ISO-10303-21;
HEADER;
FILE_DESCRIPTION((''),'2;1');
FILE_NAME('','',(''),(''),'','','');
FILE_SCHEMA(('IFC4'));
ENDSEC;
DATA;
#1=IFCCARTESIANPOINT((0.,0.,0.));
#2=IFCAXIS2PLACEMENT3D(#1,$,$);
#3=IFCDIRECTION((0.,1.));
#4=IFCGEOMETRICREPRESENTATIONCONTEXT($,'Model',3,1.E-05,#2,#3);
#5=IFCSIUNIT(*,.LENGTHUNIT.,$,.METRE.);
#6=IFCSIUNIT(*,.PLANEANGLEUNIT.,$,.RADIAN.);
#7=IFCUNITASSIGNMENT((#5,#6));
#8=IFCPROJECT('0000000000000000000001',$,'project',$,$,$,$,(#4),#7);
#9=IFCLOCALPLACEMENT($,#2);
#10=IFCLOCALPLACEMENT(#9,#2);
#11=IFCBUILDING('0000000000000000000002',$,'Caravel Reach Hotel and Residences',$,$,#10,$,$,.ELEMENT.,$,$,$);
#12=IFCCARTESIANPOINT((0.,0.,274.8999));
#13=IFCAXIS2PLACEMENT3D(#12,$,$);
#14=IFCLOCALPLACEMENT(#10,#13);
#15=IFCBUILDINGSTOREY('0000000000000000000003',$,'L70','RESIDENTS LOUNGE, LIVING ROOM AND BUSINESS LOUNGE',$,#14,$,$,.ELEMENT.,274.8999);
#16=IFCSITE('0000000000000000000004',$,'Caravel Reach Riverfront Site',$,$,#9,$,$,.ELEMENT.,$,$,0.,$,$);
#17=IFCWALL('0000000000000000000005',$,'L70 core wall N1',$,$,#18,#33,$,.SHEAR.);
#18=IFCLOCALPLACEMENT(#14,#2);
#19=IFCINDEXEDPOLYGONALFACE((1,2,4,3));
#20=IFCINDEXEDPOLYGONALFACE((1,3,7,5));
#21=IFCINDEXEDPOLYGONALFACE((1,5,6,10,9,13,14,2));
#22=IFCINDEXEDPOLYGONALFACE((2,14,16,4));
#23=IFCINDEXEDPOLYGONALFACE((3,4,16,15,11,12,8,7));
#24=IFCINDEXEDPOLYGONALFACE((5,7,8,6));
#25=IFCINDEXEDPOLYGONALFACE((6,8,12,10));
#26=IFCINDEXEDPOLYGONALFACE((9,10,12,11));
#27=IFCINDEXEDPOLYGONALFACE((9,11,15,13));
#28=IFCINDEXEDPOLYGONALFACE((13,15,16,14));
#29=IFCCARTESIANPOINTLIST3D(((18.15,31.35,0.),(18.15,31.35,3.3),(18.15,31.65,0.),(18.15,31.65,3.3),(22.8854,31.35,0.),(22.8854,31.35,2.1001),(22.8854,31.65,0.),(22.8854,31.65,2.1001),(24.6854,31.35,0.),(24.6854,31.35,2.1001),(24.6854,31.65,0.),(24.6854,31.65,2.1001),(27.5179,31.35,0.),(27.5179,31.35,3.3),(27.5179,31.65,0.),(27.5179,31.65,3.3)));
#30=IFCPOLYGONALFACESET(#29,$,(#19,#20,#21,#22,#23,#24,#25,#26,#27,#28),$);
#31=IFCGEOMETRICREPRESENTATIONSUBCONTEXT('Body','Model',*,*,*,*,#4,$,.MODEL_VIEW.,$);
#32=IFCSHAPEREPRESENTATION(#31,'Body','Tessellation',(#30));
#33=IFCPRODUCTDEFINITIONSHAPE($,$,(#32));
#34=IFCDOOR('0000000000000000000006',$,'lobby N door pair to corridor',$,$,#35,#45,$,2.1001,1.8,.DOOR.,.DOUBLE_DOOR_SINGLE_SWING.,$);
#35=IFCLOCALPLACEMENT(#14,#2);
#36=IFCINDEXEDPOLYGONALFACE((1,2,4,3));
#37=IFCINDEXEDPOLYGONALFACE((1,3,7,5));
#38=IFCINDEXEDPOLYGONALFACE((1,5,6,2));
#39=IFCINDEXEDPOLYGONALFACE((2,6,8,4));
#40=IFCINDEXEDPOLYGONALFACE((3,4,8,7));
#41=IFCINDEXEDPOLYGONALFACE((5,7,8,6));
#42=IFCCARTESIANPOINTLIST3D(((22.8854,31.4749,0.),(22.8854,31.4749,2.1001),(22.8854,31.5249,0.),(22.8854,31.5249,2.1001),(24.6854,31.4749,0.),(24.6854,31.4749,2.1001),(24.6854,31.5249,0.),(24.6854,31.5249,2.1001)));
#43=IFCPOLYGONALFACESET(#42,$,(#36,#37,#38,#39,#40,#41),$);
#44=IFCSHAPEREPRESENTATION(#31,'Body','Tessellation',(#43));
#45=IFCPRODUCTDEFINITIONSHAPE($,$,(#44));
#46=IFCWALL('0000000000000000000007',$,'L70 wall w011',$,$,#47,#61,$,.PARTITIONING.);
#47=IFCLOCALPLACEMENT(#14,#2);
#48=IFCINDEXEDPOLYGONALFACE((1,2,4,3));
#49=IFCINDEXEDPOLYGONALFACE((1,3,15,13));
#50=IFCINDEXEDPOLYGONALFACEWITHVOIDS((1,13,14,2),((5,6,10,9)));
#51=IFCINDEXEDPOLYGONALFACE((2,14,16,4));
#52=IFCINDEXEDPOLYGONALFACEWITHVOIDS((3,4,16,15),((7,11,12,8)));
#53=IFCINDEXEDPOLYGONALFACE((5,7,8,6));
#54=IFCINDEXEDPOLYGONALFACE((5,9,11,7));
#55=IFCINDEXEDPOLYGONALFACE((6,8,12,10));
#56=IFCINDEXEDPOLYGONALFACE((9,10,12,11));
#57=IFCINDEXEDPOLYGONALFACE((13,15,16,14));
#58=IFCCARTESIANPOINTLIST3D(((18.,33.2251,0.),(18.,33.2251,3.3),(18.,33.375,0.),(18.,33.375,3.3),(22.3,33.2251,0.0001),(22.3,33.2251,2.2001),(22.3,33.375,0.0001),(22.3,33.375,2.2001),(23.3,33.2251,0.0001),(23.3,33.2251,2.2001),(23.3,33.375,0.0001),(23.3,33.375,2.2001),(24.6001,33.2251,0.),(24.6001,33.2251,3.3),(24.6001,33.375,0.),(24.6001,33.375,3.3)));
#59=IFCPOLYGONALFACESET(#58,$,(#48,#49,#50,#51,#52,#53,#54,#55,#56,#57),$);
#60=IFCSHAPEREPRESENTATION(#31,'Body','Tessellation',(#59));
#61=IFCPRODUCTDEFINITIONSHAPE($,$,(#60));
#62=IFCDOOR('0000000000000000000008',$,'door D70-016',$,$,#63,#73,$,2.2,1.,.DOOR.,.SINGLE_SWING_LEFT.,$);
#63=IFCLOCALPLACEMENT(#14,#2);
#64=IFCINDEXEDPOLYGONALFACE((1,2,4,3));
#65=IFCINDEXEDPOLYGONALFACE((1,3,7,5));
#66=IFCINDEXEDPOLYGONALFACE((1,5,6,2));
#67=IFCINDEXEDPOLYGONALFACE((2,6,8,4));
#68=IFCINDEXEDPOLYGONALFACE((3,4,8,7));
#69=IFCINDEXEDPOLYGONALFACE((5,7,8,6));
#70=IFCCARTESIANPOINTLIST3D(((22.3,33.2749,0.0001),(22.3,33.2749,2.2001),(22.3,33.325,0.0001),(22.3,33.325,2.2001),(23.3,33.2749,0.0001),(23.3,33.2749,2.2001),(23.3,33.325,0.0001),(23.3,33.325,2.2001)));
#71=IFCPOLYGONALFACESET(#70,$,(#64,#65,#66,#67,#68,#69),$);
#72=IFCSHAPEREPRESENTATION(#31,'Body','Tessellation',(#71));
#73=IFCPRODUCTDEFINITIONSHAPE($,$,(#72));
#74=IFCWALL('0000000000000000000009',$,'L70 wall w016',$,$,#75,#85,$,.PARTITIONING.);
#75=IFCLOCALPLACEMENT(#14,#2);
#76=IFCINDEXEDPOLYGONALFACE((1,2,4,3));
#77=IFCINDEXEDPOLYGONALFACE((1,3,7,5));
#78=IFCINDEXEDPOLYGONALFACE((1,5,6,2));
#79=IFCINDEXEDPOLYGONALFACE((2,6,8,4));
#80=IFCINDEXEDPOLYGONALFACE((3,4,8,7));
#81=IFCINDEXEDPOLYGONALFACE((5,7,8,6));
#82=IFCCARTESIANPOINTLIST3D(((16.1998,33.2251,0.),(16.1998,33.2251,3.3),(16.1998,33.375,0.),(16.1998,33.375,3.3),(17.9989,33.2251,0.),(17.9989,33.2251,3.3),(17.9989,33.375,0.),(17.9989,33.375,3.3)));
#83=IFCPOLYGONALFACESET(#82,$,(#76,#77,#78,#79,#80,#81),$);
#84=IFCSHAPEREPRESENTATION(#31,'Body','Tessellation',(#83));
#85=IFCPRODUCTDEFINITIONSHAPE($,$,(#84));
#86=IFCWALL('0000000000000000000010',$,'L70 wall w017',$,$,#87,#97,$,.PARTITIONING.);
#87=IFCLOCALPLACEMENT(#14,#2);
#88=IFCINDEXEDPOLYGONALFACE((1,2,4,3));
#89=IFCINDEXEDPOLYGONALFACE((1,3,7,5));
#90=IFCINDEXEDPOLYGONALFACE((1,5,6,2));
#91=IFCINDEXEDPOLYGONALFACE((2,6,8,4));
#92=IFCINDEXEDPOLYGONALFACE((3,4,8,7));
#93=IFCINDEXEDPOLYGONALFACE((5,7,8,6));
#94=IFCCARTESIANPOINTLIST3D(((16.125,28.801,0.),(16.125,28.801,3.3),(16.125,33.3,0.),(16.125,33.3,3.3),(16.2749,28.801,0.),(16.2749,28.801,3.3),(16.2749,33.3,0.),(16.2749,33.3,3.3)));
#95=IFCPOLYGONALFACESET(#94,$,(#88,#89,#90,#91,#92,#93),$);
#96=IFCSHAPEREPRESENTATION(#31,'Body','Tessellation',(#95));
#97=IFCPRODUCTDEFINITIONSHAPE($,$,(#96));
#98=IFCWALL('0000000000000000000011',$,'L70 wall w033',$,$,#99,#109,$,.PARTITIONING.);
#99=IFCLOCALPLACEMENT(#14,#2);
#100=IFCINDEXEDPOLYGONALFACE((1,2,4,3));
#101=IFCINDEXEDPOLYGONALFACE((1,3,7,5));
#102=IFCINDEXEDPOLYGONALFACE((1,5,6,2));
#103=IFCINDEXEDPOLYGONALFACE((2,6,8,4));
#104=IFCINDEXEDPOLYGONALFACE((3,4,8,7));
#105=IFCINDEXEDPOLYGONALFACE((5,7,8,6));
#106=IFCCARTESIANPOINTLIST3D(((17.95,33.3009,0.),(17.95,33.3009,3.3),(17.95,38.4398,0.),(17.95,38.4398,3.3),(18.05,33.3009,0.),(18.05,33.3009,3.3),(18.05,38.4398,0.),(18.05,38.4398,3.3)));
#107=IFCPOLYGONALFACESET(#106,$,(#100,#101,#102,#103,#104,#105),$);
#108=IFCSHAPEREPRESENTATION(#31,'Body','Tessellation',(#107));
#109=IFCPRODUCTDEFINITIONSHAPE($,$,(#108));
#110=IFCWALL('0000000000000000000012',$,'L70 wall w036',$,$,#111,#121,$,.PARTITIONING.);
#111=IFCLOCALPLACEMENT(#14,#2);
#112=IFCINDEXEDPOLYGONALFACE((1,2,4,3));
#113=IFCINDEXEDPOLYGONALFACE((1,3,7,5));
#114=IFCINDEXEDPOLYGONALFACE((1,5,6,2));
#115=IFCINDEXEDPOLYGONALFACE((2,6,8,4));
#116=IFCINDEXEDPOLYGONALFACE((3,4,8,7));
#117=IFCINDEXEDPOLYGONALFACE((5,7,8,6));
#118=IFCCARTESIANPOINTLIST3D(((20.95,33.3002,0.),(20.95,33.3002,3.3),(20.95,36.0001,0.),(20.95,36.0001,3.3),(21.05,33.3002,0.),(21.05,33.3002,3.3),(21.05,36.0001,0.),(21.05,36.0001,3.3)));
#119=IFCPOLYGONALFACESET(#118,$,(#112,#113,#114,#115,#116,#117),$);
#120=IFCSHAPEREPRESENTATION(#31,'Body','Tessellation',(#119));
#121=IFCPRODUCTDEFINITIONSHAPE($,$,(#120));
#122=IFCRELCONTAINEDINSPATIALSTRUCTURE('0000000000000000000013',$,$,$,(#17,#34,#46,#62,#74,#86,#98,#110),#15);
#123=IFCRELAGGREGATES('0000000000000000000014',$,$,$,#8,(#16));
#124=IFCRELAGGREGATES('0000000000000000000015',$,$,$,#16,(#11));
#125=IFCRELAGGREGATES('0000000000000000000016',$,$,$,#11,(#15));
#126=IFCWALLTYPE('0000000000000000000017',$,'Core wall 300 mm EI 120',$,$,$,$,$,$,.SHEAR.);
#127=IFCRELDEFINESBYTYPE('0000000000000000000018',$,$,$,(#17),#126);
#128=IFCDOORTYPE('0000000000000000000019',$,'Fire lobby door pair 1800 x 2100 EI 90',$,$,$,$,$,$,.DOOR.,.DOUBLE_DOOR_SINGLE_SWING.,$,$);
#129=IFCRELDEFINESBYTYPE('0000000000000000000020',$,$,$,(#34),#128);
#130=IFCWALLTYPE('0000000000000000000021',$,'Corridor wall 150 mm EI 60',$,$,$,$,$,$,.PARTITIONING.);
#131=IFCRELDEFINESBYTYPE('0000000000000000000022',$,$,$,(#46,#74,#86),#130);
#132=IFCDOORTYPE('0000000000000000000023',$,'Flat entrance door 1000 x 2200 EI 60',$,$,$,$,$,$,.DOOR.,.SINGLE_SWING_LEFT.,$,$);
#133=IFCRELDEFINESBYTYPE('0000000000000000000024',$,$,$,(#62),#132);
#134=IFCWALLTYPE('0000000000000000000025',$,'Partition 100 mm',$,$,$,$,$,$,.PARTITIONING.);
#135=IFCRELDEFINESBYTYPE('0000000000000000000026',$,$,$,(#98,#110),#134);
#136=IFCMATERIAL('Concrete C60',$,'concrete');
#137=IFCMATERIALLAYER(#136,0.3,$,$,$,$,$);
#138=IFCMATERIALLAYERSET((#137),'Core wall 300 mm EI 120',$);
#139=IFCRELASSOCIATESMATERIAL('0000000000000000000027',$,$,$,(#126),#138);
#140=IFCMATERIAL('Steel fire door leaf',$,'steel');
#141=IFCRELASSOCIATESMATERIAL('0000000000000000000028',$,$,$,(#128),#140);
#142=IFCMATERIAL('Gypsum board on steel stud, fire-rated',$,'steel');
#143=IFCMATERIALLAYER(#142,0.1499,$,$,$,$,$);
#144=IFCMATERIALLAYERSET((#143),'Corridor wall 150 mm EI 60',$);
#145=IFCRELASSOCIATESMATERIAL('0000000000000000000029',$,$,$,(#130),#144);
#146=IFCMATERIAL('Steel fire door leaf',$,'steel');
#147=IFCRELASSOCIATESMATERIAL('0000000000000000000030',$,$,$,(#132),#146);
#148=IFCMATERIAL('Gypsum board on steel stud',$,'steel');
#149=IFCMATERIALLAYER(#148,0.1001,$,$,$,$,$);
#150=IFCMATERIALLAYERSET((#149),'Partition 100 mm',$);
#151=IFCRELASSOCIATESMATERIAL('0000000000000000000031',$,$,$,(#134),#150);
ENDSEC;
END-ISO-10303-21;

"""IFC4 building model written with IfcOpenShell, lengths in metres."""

from ifc_helpers import new_model, si_unit, direction, frame, frame_2d, origin, place, context, subcontext, project, spatial, rectangle, extrude, material, layer, layer_set, type_object, element, fill, save


model = new_model("IFC4")

# Units and contexts
model_context = context("Model", 3, precision=1e-05, world=origin(), true_north=direction((0.0, 1.0)))
body_context = subcontext(model_context, "Body", "Model", "MODEL_VIEW")
ifc_project = project(units=[si_unit("LENGTHUNIT", "METRE"), si_unit("PLANEANGLEUNIT", "RADIAN")], contexts=[model_context])

# Site, building, storey
site_placement = place(None, origin())
site = spatial("IfcSite", under=ifc_project, at=site_placement, Name="Caravel Reach Riverfront Site", CompositionType="ELEMENT", RefElevation=0.0)
building_placement = place(site_placement, origin())
building = spatial("IfcBuilding", under=site, at=building_placement, Name="Caravel Reach Hotel and Residences", CompositionType="ELEMENT")
storey_placement = place(building_placement, frame((0.0, 0.0, 274.8999)))
storey = spatial("IfcBuildingStorey", under=building, at=storey_placement, Name="L70", Description="RESIDENTS LOUNGE, LIVING ROOM AND BUSINESS LOUNGE", CompositionType="ELEMENT", Elevation=274.8999)

# Walls, openings, doors
ifc_material_1 = material(Name="Concrete C60", Category="concrete")
ifc_layer_1 = layer(ifc_material_1, 0.3)
ifc_layer_set_1 = layer_set([ifc_layer_1], Name="Core wall 300 mm EI 120")
wall_type_1 = type_object("IfcWallType", Name="Core wall 300 mm EI 120", PredefinedType="SHEAR", material=ifc_layer_set_1)
wall_1_placement = place(storey_placement, frame((18.1499, 31.5, 0.0), z_axis=(0.0, 0.0, 1.0), x_axis=(1.0, 0.0, 0.0)))
wall_1 = element("IfcWall", 1, at=wall_1_placement, inside=storey, type_object=wall_type_1, Name="L70 core wall N1", PredefinedType="SHEAR", context=body_context, shape_type="SweptSolid", body=[
    extrude(rectangle(XDim=9.3679, YDim=0.3, at=frame_2d((4.6841, 0.0))), origin(), (0.0, 0.0, 1.0), 3.3),
])
opening_1_placement = place(wall_1_placement, frame((4.7356, 0.0, 0.0)))
opening_1 = element("IfcOpeningElement", 2, at=opening_1_placement, cuts=wall_1, PredefinedType="OPENING", context=body_context, shape_type="SweptSolid", body=[
    extrude(rectangle(XDim=1.8, YDim=2.1001, at=frame_2d((0.8999, 1.05))), frame((0.0, 0.1599, 0.0), z_axis=(0.0, -1.0, 0.0), x_axis=(1.0, 0.0, 0.0)), (0.0, 0.0, 1.0), 0.3201),
])
ifc_material_2 = material(Name="Steel fire door leaf", Category="steel")
door_type_1 = type_object("IfcDoorType", Name="Fire lobby door pair 1800 x 2100 EI 90", OperationType="DOUBLE_DOOR_SINGLE_SWING", PredefinedType="DOOR", material=ifc_material_2)
door_1_placement = place(opening_1_placement, origin())
door_1 = element("IfcDoor", 3, at=door_1_placement, inside=storey, type_object=door_type_1, Name="lobby N door pair to corridor", OperationType="DOUBLE_DOOR_SINGLE_SWING", OverallHeight=2.1001, OverallWidth=1.8, PredefinedType="DOOR", context=body_context, shape_type="SweptSolid", body=[
    extrude(rectangle(XDim=1.8, YDim=2.1001, at=frame_2d((0.8999, 1.05))), frame((0.0, 0.0249, 0.0), z_axis=(0.0, -1.0, 0.0), x_axis=(1.0, 0.0, 0.0)), (0.0, 0.0, 1.0), 0.05),
])
fill(opening_1, door_1)
ifc_material_3 = material(Name="Gypsum board on steel stud, fire-rated", Category="steel")
ifc_layer_2 = layer(ifc_material_3, 0.1499)
ifc_layer_set_2 = layer_set([ifc_layer_2], Name="Corridor wall 150 mm EI 60")
wall_type_2 = type_object("IfcWallType", Name="Corridor wall 150 mm EI 60", PredefinedType="PARTITIONING", material=ifc_layer_set_2)
wall_2_placement = place(storey_placement, frame((18.0, 33.3, 0.0), z_axis=(0.0, 0.0, 1.0), x_axis=(1.0, 0.0, 0.0)))
wall_2 = element("IfcWall", 4, at=wall_2_placement, inside=storey, type_object=wall_type_2, Name="L70 wall w011", PredefinedType="PARTITIONING", context=body_context, shape_type="SweptSolid", body=[
    extrude(rectangle(XDim=6.6001, YDim=0.1499, at=frame_2d((3.3, 0.0))), origin(), (0.0, 0.0, 1.0), 3.3),
])
opening_2_placement = place(wall_2_placement, frame((4.3, 0.0, 0.0)))
opening_2 = element("IfcOpeningElement", 5, at=opening_2_placement, cuts=wall_2, PredefinedType="OPENING", context=body_context, shape_type="SweptSolid", body=[
    extrude(rectangle(XDim=1.0, YDim=2.2, at=frame_2d((0.5, 1.1001))), frame((0.0, 0.085, 0.0), z_axis=(0.0, -1.0, 0.0), x_axis=(1.0, 0.0, 0.0)), (0.0, 0.0, 1.0), 0.1699),
])
ifc_material_4 = material(Name="Steel fire door leaf", Category="steel")
door_type_2 = type_object("IfcDoorType", Name="Flat entrance door 1000 x 2200 EI 60", OperationType="SINGLE_SWING_LEFT", PredefinedType="DOOR", material=ifc_material_4)
door_2_placement = place(opening_2_placement, origin())
door_2 = element("IfcDoor", 6, at=door_2_placement, inside=storey, type_object=door_type_2, Name="door D70-016", OperationType="SINGLE_SWING_LEFT", OverallHeight=2.2, OverallWidth=1.0, PredefinedType="DOOR", context=body_context, shape_type="SweptSolid", body=[
    extrude(rectangle(XDim=1.0, YDim=2.2, at=frame_2d((0.5, 1.1001))), frame((0.0, 0.0249, 0.0), z_axis=(0.0, -1.0, 0.0), x_axis=(1.0, 0.0, 0.0)), (0.0, 0.0, 1.0), 0.05),
])
fill(opening_2, door_2)

# Walls
wall_3_placement = place(storey_placement, frame((16.2, 33.3, 0.0), z_axis=(0.0, 0.0, 1.0), x_axis=(1.0, 0.0, 0.0)))
element("IfcWall", 7, at=wall_3_placement, inside=storey, type_object=wall_type_2, Name="L70 wall w016", PredefinedType="PARTITIONING", context=body_context, shape_type="SweptSolid", body=[
    extrude(rectangle(XDim=1.7991, YDim=0.1499, at=frame_2d((0.8994, 0.0))), origin(), (0.0, 0.0, 1.0), 3.3),
])
wall_4_placement = place(storey_placement, frame((16.2, 28.801, 0.0), z_axis=(0.0, 0.0, 1.0), x_axis=(0.0, 1.0, 0.0)))
element("IfcWall", 8, at=wall_4_placement, inside=storey, type_object=wall_type_2, Name="L70 wall w017", PredefinedType="PARTITIONING", context=body_context, shape_type="SweptSolid", body=[
    extrude(rectangle(XDim=4.499, YDim=0.1499, at=frame_2d((2.2495, 0.0))), origin(), (0.0, 0.0, 1.0), 3.3),
])
ifc_material_5 = material(Name="Gypsum board on steel stud", Category="steel")
ifc_layer_3 = layer(ifc_material_5, 0.1001)
ifc_layer_set_3 = layer_set([ifc_layer_3], Name="Partition 100 mm")
wall_type_3 = type_object("IfcWallType", Name="Partition 100 mm", PredefinedType="PARTITIONING", material=ifc_layer_set_3)
wall_5_placement = place(storey_placement, frame((18.0, 33.301, 0.0), z_axis=(0.0, 0.0, 1.0), x_axis=(0.0, 1.0, 0.0)))
element("IfcWall", 9, at=wall_5_placement, inside=storey, type_object=wall_type_3, Name="L70 wall w033", PredefinedType="PARTITIONING", context=body_context, shape_type="SweptSolid", body=[
    extrude(rectangle(XDim=5.1389, YDim=0.1001, at=frame_2d((2.5693, 0.0))), origin(), (0.0, 0.0, 1.0), 3.3),
])
wall_6_placement = place(storey_placement, frame((21.0, 33.3, 0.0), z_axis=(0.0, 0.0, 1.0), x_axis=(0.0, 1.0, 0.0)))
element("IfcWall", 10, at=wall_6_placement, inside=storey, type_object=wall_type_3, Name="L70 wall w036", PredefinedType="PARTITIONING", context=body_context, shape_type="SweptSolid", body=[
    extrude(rectangle(XDim=2.7, YDim=0.1001, at=frame_2d((1.3501, 0.0))), origin(), (0.0, 0.0, 1.0), 3.3),
])

save(model, "model.ifc")
